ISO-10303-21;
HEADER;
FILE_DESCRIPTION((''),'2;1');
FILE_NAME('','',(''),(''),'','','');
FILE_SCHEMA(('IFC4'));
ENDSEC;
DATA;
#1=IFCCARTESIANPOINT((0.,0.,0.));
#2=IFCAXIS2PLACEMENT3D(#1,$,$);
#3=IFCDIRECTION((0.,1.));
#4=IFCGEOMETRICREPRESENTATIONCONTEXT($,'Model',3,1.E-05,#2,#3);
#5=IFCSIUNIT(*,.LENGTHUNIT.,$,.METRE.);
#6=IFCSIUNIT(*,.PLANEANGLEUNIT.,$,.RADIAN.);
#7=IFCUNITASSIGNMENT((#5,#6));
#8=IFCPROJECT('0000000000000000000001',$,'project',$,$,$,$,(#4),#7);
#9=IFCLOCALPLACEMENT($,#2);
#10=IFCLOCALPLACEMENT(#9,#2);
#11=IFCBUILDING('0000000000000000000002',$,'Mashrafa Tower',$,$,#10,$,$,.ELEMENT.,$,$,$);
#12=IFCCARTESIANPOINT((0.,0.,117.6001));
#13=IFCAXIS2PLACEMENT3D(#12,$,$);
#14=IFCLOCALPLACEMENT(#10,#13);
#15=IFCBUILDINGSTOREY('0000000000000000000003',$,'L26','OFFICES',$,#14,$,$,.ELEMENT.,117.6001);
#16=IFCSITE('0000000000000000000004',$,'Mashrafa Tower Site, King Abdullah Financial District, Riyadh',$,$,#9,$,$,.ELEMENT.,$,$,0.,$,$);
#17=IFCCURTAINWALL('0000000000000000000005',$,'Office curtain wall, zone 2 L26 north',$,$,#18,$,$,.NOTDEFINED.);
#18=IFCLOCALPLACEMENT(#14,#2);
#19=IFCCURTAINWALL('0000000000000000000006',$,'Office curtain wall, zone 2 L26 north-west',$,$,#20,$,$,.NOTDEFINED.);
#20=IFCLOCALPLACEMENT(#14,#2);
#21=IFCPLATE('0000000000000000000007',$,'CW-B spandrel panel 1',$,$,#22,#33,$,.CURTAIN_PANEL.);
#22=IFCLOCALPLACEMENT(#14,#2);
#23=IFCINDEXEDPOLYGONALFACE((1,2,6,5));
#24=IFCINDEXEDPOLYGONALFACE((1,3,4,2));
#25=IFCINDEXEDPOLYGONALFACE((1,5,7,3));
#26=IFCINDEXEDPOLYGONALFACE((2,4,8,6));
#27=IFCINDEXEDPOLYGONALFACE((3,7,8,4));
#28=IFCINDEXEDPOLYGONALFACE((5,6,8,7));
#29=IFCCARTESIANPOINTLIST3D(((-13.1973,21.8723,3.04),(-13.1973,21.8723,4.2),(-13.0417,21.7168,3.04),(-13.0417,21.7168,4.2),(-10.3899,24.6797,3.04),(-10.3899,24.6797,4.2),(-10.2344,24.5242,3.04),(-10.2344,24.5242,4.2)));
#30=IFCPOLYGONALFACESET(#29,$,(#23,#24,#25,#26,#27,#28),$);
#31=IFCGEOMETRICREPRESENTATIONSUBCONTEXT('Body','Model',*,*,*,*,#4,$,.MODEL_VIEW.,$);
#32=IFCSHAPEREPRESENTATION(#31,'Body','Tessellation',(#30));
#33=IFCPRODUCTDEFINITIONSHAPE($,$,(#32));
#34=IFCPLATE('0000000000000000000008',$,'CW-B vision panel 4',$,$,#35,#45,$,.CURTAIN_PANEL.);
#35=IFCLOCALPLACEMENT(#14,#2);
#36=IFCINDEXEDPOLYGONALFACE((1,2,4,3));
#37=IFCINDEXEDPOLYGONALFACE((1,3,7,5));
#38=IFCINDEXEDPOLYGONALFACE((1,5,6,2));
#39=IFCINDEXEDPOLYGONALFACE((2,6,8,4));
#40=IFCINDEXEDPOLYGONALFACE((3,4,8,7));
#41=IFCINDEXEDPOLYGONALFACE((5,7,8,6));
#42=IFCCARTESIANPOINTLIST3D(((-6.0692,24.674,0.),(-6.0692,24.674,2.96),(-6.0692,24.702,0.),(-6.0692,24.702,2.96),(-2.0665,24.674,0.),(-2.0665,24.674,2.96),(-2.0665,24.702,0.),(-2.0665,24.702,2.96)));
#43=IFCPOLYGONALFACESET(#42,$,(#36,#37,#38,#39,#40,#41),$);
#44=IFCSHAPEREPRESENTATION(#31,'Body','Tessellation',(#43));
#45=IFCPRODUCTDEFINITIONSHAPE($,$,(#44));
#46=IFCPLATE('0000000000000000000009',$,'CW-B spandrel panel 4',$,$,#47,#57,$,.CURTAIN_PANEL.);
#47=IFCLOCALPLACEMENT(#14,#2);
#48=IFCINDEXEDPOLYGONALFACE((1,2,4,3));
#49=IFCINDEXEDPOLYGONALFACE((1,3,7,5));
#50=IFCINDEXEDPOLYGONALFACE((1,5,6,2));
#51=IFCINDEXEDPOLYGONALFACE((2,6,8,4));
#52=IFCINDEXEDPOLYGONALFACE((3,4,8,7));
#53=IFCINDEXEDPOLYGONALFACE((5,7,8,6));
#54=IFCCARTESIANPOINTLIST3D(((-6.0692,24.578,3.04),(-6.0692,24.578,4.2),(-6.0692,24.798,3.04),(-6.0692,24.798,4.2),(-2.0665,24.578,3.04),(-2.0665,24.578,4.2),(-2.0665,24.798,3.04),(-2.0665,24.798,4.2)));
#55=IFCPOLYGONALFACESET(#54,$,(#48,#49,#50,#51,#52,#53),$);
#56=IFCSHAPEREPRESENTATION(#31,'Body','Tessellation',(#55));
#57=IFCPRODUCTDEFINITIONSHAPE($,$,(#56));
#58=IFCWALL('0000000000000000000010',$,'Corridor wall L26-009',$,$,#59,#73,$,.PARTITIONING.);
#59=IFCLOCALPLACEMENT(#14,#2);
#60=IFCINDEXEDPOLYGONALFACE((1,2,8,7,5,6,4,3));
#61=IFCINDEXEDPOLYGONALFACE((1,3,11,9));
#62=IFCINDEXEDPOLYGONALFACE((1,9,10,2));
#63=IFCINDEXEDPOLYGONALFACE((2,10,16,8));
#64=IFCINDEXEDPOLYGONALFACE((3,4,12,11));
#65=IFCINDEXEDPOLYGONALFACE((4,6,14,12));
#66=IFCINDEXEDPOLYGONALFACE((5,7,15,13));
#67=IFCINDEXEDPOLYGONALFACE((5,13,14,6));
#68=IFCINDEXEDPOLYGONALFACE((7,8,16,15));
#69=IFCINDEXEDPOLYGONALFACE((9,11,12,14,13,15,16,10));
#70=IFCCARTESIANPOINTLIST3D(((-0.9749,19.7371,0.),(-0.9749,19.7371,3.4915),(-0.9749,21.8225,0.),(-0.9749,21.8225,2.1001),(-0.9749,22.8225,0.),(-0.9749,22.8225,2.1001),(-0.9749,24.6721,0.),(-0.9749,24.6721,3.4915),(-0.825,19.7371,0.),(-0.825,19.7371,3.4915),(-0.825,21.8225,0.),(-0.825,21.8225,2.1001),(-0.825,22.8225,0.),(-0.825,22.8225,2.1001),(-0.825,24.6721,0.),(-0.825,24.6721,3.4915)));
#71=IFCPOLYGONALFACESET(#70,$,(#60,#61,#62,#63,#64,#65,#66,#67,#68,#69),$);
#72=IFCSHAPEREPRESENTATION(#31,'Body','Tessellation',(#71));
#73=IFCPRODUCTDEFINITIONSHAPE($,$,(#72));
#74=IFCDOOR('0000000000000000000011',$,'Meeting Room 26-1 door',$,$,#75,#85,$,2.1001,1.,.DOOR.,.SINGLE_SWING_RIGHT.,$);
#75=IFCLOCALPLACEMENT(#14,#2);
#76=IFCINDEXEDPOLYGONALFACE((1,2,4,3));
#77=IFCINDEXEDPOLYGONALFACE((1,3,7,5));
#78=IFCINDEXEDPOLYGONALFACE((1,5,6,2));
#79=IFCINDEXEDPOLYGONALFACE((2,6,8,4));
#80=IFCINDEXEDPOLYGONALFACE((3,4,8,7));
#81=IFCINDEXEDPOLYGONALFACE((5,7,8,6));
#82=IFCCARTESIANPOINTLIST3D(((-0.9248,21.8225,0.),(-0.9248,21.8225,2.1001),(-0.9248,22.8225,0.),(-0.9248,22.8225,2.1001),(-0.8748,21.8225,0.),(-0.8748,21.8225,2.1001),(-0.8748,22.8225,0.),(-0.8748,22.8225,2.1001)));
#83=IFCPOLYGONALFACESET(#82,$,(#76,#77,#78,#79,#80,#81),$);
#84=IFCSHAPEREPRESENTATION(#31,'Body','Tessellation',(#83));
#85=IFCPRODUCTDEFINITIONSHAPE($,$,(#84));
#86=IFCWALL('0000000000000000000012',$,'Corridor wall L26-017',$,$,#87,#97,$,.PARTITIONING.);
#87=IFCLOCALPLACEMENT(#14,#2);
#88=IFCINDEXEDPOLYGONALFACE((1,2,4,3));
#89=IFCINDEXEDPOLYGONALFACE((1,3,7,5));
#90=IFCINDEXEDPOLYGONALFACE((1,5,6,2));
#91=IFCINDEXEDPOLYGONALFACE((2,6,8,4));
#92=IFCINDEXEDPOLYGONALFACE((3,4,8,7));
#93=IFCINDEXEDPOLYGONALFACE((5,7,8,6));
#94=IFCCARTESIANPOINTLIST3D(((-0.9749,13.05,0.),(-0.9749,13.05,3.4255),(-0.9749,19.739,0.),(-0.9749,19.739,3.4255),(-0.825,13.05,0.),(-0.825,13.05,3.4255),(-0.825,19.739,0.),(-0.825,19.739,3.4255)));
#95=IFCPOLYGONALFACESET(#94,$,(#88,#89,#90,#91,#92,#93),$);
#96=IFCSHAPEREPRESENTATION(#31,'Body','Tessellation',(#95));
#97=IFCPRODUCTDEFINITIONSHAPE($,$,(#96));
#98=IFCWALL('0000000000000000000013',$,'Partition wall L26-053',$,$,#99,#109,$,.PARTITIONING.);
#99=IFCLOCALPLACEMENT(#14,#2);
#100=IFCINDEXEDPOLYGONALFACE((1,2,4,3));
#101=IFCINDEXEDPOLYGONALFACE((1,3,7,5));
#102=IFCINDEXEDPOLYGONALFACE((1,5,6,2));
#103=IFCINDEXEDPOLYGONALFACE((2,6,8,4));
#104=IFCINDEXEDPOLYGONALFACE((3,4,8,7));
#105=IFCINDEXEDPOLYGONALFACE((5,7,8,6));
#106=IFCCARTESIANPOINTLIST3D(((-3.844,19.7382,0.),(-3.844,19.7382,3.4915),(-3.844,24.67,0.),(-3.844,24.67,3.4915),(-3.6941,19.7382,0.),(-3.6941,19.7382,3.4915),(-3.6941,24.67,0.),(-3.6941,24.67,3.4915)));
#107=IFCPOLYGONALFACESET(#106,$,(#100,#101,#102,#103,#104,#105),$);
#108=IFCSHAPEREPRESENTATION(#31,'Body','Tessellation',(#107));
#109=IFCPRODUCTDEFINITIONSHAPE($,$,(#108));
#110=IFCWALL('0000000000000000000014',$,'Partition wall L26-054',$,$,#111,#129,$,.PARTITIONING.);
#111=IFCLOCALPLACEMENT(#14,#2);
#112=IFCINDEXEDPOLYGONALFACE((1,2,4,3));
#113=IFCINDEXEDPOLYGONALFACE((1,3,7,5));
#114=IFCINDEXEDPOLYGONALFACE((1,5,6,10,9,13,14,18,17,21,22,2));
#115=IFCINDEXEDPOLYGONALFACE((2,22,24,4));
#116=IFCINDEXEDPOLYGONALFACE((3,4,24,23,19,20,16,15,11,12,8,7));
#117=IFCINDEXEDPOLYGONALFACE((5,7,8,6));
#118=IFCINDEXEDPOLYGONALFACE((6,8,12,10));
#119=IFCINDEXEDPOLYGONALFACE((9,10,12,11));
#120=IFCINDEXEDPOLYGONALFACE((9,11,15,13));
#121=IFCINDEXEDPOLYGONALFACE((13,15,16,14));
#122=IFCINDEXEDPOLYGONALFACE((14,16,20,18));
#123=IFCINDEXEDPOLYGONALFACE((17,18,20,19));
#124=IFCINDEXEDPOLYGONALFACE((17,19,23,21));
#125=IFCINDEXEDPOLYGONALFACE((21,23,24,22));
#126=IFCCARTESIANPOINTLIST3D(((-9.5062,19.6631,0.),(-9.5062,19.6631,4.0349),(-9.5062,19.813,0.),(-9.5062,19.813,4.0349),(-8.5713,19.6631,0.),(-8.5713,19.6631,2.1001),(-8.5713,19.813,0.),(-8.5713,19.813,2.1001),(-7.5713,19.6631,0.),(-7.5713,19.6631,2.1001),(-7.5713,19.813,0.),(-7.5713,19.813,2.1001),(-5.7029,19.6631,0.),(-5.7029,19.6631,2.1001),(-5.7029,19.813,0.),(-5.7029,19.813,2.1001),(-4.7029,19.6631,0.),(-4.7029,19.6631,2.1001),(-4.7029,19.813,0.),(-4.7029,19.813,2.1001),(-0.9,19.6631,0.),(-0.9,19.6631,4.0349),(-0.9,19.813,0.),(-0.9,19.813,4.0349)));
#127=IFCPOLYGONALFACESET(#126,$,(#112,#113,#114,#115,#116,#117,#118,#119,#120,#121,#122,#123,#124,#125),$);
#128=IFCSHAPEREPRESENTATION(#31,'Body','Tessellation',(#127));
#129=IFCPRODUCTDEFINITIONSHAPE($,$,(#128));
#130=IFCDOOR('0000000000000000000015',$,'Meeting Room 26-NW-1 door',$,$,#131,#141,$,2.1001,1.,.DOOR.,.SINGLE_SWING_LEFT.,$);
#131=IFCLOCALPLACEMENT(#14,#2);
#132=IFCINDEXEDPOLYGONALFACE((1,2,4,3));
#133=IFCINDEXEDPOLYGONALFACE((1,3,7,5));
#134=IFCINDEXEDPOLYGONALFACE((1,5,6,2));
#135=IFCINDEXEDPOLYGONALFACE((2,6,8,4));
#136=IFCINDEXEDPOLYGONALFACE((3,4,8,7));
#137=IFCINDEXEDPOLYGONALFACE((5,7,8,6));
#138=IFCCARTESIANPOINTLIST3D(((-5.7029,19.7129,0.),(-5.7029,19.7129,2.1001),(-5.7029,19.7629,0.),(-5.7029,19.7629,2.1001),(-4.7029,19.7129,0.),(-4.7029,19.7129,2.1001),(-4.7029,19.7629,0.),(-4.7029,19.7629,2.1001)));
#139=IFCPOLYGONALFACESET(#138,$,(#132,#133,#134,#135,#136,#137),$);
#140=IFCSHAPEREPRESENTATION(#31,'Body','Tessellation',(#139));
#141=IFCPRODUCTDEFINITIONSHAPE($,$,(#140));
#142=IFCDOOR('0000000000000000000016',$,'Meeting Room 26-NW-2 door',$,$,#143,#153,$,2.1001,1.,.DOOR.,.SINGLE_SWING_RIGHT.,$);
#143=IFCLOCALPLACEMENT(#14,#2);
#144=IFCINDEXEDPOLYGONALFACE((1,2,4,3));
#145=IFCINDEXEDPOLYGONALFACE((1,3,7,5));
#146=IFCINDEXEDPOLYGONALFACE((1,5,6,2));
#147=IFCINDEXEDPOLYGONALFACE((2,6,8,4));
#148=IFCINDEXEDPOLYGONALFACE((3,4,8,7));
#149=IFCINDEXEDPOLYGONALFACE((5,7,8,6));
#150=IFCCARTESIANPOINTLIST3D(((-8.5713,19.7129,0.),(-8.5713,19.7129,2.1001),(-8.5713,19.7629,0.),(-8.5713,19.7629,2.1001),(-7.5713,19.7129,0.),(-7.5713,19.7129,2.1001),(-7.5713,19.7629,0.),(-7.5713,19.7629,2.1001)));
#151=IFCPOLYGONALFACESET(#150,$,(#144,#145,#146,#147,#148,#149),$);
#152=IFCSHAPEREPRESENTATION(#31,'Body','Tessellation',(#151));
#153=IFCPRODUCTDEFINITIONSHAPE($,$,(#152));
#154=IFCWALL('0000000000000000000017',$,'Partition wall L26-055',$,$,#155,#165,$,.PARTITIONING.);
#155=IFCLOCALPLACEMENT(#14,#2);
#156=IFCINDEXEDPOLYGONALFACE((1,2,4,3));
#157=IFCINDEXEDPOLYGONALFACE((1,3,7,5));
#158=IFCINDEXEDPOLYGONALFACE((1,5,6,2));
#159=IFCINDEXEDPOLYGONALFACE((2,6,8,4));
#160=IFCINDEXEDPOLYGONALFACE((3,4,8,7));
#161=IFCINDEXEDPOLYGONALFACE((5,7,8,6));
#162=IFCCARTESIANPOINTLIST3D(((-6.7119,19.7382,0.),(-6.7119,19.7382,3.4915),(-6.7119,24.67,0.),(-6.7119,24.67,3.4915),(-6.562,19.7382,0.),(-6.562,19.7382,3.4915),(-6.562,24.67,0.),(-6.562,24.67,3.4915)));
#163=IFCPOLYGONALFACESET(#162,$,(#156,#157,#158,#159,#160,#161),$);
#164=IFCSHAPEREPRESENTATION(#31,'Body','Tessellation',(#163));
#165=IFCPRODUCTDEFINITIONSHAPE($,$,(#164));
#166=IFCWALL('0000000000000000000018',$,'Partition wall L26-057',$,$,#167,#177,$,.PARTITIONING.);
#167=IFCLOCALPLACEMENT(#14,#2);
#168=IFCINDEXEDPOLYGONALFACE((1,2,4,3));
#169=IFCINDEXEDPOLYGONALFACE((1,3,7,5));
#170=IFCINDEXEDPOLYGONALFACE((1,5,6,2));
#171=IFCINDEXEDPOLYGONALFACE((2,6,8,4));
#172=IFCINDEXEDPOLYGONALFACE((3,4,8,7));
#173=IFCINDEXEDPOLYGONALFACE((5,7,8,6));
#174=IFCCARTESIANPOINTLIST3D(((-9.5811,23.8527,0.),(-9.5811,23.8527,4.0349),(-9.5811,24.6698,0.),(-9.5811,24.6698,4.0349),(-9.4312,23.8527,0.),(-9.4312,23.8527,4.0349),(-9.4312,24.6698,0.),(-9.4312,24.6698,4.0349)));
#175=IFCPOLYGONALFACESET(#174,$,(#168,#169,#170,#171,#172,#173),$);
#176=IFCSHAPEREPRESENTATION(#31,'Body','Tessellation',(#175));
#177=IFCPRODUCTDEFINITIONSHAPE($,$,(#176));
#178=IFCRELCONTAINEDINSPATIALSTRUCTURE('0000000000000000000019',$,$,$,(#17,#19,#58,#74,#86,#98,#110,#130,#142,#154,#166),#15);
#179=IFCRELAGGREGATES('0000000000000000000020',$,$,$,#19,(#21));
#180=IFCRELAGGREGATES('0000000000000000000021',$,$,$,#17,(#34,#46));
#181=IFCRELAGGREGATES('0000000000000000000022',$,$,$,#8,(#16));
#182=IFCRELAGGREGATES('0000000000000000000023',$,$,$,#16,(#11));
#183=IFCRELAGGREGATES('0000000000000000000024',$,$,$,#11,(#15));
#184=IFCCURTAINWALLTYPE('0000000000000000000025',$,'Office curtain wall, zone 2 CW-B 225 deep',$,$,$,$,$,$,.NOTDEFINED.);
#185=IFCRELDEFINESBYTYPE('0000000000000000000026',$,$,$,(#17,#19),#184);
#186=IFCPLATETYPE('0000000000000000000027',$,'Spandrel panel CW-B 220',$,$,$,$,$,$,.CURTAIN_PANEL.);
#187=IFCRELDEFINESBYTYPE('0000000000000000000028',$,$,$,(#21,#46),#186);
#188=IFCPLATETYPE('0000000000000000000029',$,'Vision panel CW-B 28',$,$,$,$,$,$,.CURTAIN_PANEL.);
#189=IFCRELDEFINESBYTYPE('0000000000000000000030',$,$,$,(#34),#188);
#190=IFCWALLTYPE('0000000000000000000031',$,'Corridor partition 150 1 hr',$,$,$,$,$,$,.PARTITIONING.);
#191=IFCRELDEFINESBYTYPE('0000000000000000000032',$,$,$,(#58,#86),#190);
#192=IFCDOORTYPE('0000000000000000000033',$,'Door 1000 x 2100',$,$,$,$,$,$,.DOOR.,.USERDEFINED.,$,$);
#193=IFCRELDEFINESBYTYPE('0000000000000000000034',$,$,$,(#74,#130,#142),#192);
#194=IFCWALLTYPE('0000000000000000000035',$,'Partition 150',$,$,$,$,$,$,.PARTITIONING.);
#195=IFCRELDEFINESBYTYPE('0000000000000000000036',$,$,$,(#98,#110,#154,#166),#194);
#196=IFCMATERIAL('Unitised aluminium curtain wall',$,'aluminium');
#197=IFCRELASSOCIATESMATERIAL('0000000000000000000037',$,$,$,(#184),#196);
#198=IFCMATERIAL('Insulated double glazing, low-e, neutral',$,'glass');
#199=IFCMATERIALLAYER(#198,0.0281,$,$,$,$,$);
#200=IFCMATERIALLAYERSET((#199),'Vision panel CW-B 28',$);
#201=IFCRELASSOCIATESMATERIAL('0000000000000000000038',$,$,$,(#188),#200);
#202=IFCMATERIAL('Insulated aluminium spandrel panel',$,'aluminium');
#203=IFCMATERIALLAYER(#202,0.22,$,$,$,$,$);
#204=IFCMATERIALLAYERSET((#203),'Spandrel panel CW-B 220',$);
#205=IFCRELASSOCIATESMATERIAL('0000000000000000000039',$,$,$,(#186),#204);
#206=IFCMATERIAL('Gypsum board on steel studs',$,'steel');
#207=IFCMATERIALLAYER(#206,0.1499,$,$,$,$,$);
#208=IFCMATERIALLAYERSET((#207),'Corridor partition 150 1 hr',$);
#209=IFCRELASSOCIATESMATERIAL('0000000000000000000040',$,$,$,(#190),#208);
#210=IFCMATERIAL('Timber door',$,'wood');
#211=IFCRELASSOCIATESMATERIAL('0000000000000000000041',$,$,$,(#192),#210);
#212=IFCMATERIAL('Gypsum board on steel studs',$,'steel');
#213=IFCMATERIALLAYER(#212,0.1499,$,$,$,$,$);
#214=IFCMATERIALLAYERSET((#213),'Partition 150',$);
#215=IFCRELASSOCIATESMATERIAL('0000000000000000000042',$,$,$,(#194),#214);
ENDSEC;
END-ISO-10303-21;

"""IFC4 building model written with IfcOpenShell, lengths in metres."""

from ifc_helpers import new_model, si_unit, direction, frame, frame_2d, origin, origin_2d, place, context, subcontext, project, spatial, rectangle, extrude, source, transform, mapped, material, layer, layer_set, type_object, type_shapes, element, fill, aggregate, save


model = new_model("IFC4")

# Units and contexts
model_context = context("Model", 3, precision=1e-05, world=origin(), true_north=direction((0.0, 1.0)))
body_context = subcontext(model_context, "Body", "Model", "MODEL_VIEW")
ifc_project = project(units=[si_unit("LENGTHUNIT", "METRE"), si_unit("PLANEANGLEUNIT", "RADIAN")], contexts=[model_context])

# Site, building, storey
site_placement = place(None, origin())
site = spatial("IfcSite", under=ifc_project, at=site_placement, Name="Mashrafa Tower Site, King Abdullah Financial District, Riyadh", CompositionType="ELEMENT", RefElevation=0.0)
building_placement = place(site_placement, origin())
building = spatial("IfcBuilding", under=site, at=building_placement, Name="Mashrafa Tower", CompositionType="ELEMENT")
storey_placement = place(building_placement, frame((0.0, 0.0, 117.6001)))
storey = spatial("IfcBuildingStorey", under=building, at=storey_placement, Name="L26", Description="OFFICES", CompositionType="ELEMENT", Elevation=117.6001)

# Curtain wall
ifc_material_1 = material(Name="Unitised aluminium curtain wall", Category="aluminium")
curtain_wall_type = type_object("IfcCurtainWallType", Name="Office curtain wall, zone 2 CW-B 225 deep", PredefinedType="NOTDEFINED", material=ifc_material_1)
curtain_wall_1_placement = place(storey_placement, origin())
curtain_wall_1 = element("IfcCurtainWall", 1, at=curtain_wall_1_placement, inside=storey, type_object=curtain_wall_type, Name="Office curtain wall, zone 2 L26 north", PredefinedType="NOTDEFINED")

# Curtain wall
curtain_wall_2_placement = place(storey_placement, origin())
curtain_wall_2 = element("IfcCurtainWall", 2, at=curtain_wall_2_placement, inside=storey, type_object=curtain_wall_type, Name="Office curtain wall, zone 2 L26 north-west", PredefinedType="NOTDEFINED")

# Plates
ifc_material_2 = material(Name="Insulated double glazing, low-e, neutral", Category="glass")
ifc_layer_1 = layer(ifc_material_2, 0.0281)
ifc_layer_set_1 = layer_set([ifc_layer_1], Name="Vision panel CW-B 28")
plate_type_1 = type_object("IfcPlateType", Name="Vision panel CW-B 28", PredefinedType="CURTAIN_PANEL", material=ifc_layer_set_1)
ifc_material_3 = material(Name="Insulated aluminium spandrel panel", Category="aluminium")
ifc_layer_2 = layer(ifc_material_3, 0.22)
ifc_layer_set_2 = layer_set([ifc_layer_2], Name="Spandrel panel CW-B 220")
plate_type_2 = type_object("IfcPlateType", Name="Spandrel panel CW-B 220", PredefinedType="CURTAIN_PANEL", material=ifc_layer_set_2)
shared_shape_1 = source(origin(), body_context, "Body", "SweptSolid", [
    extrude(rectangle(XDim=3.9702, YDim=0.22, at=origin_2d()), origin(), (0.0, 0.0, 1.0), 1.1599),
])
plate_1_placement = place(storey_placement, frame((-11.7158, 23.1982, 3.04), z_axis=(0.0, 0.0, 1.0), x_axis=(-0.707107, -0.707107, 0.0)))
plate_1 = element("IfcPlate", 3, at=plate_1_placement, type_object=plate_type_2, Name="CW-B spandrel panel 1", PredefinedType="CURTAIN_PANEL", context=body_context, shape_type="MappedRepresentation", body=[
    mapped(shared_shape_1, transform((0.0, 0.0, 0.0))),
])
aggregate(curtain_wall_2, [plate_1])
shared_shape_2 = source(origin(), body_context, "Body", "SweptSolid", [
    extrude(rectangle(XDim=4.0027, YDim=0.0281, at=origin_2d()), origin(), (0.0, 0.0, 1.0), 2.96),
])
plate_2_placement = place(storey_placement, frame((-4.0679, 24.688, 0.0), z_axis=(0.0, 0.0, 1.0), x_axis=(-1.0, 0.0, 0.0)))
plate_2 = element("IfcPlate", 4, at=plate_2_placement, type_object=plate_type_1, Name="CW-B vision panel 4", PredefinedType="CURTAIN_PANEL", context=body_context, shape_type="MappedRepresentation", body=[
    mapped(shared_shape_2, transform((0.0, 0.0, 0.0))),
])
shared_shape_3 = source(origin(), body_context, "Body", "SweptSolid", [
    extrude(rectangle(XDim=4.0027, YDim=0.22, at=origin_2d()), origin(), (0.0, 0.0, 1.0), 1.1599),
])
type_shapes(plate_type_2, [shared_shape_1, shared_shape_3])
plate_3_placement = place(storey_placement, frame((-4.0679, 24.688, 3.04), z_axis=(0.0, 0.0, 1.0), x_axis=(-1.0, 0.0, 0.0)))
plate_3 = element("IfcPlate", 5, at=plate_3_placement, type_object=plate_type_2, Name="CW-B spandrel panel 4", PredefinedType="CURTAIN_PANEL", context=body_context, shape_type="MappedRepresentation", body=[
    mapped(shared_shape_3, transform((0.0, 0.0, 0.0))),
])
aggregate(curtain_wall_1, [plate_2, plate_3])

# Wall, opening, door
ifc_material_4 = material(Name="Gypsum board on steel studs", Category="steel")
ifc_layer_3 = layer(ifc_material_4, 0.1499)
ifc_layer_set_3 = layer_set([ifc_layer_3], Name="Corridor partition 150 1 hr")
wall_type_1 = type_object("IfcWallType", Name="Corridor partition 150 1 hr", PredefinedType="PARTITIONING", material=ifc_layer_set_3)
wall_1_placement = place(storey_placement, frame((-0.8999, 24.6721, 0.0), z_axis=(0.0, 0.0, 1.0), x_axis=(0.0, -1.0, 0.0)))
wall_1 = element("IfcWall", 6, at=wall_1_placement, inside=storey, type_object=wall_type_1, Name="Corridor wall L26-009", PredefinedType="PARTITIONING", context=body_context, shape_type="SweptSolid", body=[
    extrude(rectangle(XDim=4.9351, YDim=0.1499, at=frame_2d((2.4675, 0.0))), origin(), (0.0, 0.0, 1.0), 3.4915),
])
opening_1_placement = place(wall_1_placement, frame((1.8496, 0.0, 0.0)))
opening_1 = element("IfcOpeningElement", 7, at=opening_1_placement, cuts=wall_1, PredefinedType="OPENING", context=body_context, shape_type="SweptSolid", body=[
    extrude(rectangle(XDim=1.0, YDim=2.1001, at=frame_2d((0.5, 1.05))), frame((0.0, 0.085, 0.0), z_axis=(0.0, -1.0, 0.0), x_axis=(1.0, 0.0, 0.0)), (0.0, 0.0, 1.0), 0.1699),
])
ifc_material_5 = material(Name="Timber door", Category="wood")
door_type = type_object("IfcDoorType", Name="Door 1000 x 2100", OperationType="USERDEFINED", PredefinedType="DOOR", material=ifc_material_5)
door_1_placement = place(opening_1_placement, frame((1.0, 0.0, 0.0), z_axis=(0.0, 0.0, 1.0), x_axis=(-1.0, 0.0, 0.0)))
door_1 = element("IfcDoor", 8, at=door_1_placement, inside=storey, type_object=door_type, Name="Meeting Room 26-1 door", OperationType="SINGLE_SWING_RIGHT", OverallHeight=2.1001, OverallWidth=1.0, PredefinedType="DOOR", context=body_context, shape_type="SweptSolid", body=[
    extrude(rectangle(XDim=1.0, YDim=2.1001, at=frame_2d((0.5, 1.05))), frame((0.0, 0.0249, 0.0), z_axis=(0.0, -1.0, 0.0), x_axis=(1.0, 0.0, 0.0)), (0.0, 0.0, 1.0), 0.05),
])
fill(opening_1, door_1)

# Walls
wall_2_placement = place(storey_placement, frame((-0.8999, 19.739, 0.0), z_axis=(0.0, 0.0, 1.0), x_axis=(0.0, -1.0, 0.0)))
element("IfcWall", 9, at=wall_2_placement, inside=storey, type_object=wall_type_1, Name="Corridor wall L26-017", PredefinedType="PARTITIONING", context=body_context, shape_type="SweptSolid", body=[
    extrude(rectangle(XDim=6.689, YDim=0.1499, at=frame_2d((3.3445, 0.0))), origin(), (0.0, 0.0, 1.0), 3.4255),
])
ifc_material_6 = material(Name="Gypsum board on steel studs", Category="steel")
ifc_layer_4 = layer(ifc_material_6, 0.1499)
ifc_layer_set_4 = layer_set([ifc_layer_4], Name="Partition 150")
wall_type_2 = type_object("IfcWallType", Name="Partition 150", PredefinedType="PARTITIONING", material=ifc_layer_set_4)
wall_3_placement = place(storey_placement, frame((-3.769, 24.6699, 0.0), z_axis=(0.0, 0.0, 1.0), x_axis=(0.0, -1.0, 0.0)))
element("IfcWall", 10, at=wall_3_placement, inside=storey, type_object=wall_type_2, Name="Partition wall L26-053", PredefinedType="PARTITIONING", context=body_context, shape_type="SweptSolid", body=[
    extrude(rectangle(XDim=4.9319, YDim=0.1499, at=frame_2d((2.4658, 0.0))), origin(), (0.0, 0.0, 1.0), 3.4915),
])

# Wall, openings, doors
wall_4_placement = place(storey_placement, frame((-0.8999, 19.738, 0.0), z_axis=(0.0, 0.0, 1.0), x_axis=(-1.0, 0.0, 0.0)))
wall_4 = element("IfcWall", 11, at=wall_4_placement, inside=storey, type_object=wall_type_2, Name="Partition wall L26-054", PredefinedType="PARTITIONING", context=body_context, shape_type="SweptSolid", body=[
    extrude(rectangle(XDim=8.6062, YDim=0.1499, at=frame_2d((4.3032, 0.0))), origin(), (0.0, 0.0, 1.0), 4.0349),
])
opening_2_placement = place(wall_4_placement, frame((3.803, 0.0, 0.0)))
opening_2 = element("IfcOpeningElement", 12, at=opening_2_placement, cuts=wall_4, PredefinedType="OPENING", context=body_context, shape_type="SweptSolid", body=[
    extrude(rectangle(XDim=1.0, YDim=2.1001, at=frame_2d((0.5, 1.05))), frame((0.0, 0.085, 0.0), z_axis=(0.0, -1.0, 0.0), x_axis=(1.0, 0.0, 0.0)), (0.0, 0.0, 1.0), 0.1699),
])
opening_3_placement = place(wall_4_placement, frame((6.6714, 0.0, 0.0)))
opening_3 = element("IfcOpeningElement", 13, at=opening_3_placement, cuts=wall_4, PredefinedType="OPENING", context=body_context, shape_type="SweptSolid", body=[
    extrude(rectangle(XDim=1.0, YDim=2.1001, at=frame_2d((0.5, 1.05))), frame((0.0, 0.085, 0.0), z_axis=(0.0, -1.0, 0.0), x_axis=(1.0, 0.0, 0.0)), (0.0, 0.0, 1.0), 0.1699),
])
door_2_placement = place(opening_2_placement, frame((1.0, 0.0, 0.0), z_axis=(0.0, 0.0, 1.0), x_axis=(-1.0, 0.0, 0.0)))
door_2 = element("IfcDoor", 14, at=door_2_placement, inside=storey, type_object=door_type, Name="Meeting Room 26-NW-1 door", OperationType="SINGLE_SWING_LEFT", OverallHeight=2.1001, OverallWidth=1.0, PredefinedType="DOOR", context=body_context, shape_type="SweptSolid", body=[
    extrude(rectangle(XDim=1.0, YDim=2.1001, at=frame_2d((0.5, 1.05))), frame((0.0, 0.0249, 0.0), z_axis=(0.0, -1.0, 0.0), x_axis=(1.0, 0.0, 0.0)), (0.0, 0.0, 1.0), 0.05),
])
fill(opening_2, door_2)
door_3_placement = place(opening_3_placement, frame((1.0, 0.0, 0.0), z_axis=(0.0, 0.0, 1.0), x_axis=(-1.0, 0.0, 0.0)))
door_3 = element("IfcDoor", 15, at=door_3_placement, inside=storey, type_object=door_type, Name="Meeting Room 26-NW-2 door", OperationType="SINGLE_SWING_RIGHT", OverallHeight=2.1001, OverallWidth=1.0, PredefinedType="DOOR", context=body_context, shape_type="SweptSolid", body=[
    extrude(rectangle(XDim=1.0, YDim=2.1001, at=frame_2d((0.5, 1.05))), frame((0.0, 0.0249, 0.0), z_axis=(0.0, -1.0, 0.0), x_axis=(1.0, 0.0, 0.0)), (0.0, 0.0, 1.0), 0.05),
])
fill(opening_3, door_3)

# Walls
wall_5_placement = place(storey_placement, frame((-6.637, 24.6699, 0.0), z_axis=(0.0, 0.0, 1.0), x_axis=(0.0, -1.0, 0.0)))
element("IfcWall", 16, at=wall_5_placement, inside=storey, type_object=wall_type_2, Name="Partition wall L26-055", PredefinedType="PARTITIONING", context=body_context, shape_type="SweptSolid", body=[
    extrude(rectangle(XDim=4.9319, YDim=0.1499, at=frame_2d((2.4658, 0.0))), origin(), (0.0, 0.0, 1.0), 3.4915),
])
wall_6_placement = place(storey_placement, frame((-9.5061, 24.6699, 0.0), z_axis=(0.0, 0.0, 1.0), x_axis=(0.0, -1.0, 0.0)))
element("IfcWall", 17, at=wall_6_placement, inside=storey, type_object=wall_type_2, Name="Partition wall L26-057", PredefinedType="PARTITIONING", context=body_context, shape_type="SweptSolid", body=[
    extrude(rectangle(XDim=0.8171, YDim=0.1499, at=frame_2d((0.4087, 0.0))), origin(), (0.0, 0.0, 1.0), 4.0349),
])

save(model, "model.ifc")
